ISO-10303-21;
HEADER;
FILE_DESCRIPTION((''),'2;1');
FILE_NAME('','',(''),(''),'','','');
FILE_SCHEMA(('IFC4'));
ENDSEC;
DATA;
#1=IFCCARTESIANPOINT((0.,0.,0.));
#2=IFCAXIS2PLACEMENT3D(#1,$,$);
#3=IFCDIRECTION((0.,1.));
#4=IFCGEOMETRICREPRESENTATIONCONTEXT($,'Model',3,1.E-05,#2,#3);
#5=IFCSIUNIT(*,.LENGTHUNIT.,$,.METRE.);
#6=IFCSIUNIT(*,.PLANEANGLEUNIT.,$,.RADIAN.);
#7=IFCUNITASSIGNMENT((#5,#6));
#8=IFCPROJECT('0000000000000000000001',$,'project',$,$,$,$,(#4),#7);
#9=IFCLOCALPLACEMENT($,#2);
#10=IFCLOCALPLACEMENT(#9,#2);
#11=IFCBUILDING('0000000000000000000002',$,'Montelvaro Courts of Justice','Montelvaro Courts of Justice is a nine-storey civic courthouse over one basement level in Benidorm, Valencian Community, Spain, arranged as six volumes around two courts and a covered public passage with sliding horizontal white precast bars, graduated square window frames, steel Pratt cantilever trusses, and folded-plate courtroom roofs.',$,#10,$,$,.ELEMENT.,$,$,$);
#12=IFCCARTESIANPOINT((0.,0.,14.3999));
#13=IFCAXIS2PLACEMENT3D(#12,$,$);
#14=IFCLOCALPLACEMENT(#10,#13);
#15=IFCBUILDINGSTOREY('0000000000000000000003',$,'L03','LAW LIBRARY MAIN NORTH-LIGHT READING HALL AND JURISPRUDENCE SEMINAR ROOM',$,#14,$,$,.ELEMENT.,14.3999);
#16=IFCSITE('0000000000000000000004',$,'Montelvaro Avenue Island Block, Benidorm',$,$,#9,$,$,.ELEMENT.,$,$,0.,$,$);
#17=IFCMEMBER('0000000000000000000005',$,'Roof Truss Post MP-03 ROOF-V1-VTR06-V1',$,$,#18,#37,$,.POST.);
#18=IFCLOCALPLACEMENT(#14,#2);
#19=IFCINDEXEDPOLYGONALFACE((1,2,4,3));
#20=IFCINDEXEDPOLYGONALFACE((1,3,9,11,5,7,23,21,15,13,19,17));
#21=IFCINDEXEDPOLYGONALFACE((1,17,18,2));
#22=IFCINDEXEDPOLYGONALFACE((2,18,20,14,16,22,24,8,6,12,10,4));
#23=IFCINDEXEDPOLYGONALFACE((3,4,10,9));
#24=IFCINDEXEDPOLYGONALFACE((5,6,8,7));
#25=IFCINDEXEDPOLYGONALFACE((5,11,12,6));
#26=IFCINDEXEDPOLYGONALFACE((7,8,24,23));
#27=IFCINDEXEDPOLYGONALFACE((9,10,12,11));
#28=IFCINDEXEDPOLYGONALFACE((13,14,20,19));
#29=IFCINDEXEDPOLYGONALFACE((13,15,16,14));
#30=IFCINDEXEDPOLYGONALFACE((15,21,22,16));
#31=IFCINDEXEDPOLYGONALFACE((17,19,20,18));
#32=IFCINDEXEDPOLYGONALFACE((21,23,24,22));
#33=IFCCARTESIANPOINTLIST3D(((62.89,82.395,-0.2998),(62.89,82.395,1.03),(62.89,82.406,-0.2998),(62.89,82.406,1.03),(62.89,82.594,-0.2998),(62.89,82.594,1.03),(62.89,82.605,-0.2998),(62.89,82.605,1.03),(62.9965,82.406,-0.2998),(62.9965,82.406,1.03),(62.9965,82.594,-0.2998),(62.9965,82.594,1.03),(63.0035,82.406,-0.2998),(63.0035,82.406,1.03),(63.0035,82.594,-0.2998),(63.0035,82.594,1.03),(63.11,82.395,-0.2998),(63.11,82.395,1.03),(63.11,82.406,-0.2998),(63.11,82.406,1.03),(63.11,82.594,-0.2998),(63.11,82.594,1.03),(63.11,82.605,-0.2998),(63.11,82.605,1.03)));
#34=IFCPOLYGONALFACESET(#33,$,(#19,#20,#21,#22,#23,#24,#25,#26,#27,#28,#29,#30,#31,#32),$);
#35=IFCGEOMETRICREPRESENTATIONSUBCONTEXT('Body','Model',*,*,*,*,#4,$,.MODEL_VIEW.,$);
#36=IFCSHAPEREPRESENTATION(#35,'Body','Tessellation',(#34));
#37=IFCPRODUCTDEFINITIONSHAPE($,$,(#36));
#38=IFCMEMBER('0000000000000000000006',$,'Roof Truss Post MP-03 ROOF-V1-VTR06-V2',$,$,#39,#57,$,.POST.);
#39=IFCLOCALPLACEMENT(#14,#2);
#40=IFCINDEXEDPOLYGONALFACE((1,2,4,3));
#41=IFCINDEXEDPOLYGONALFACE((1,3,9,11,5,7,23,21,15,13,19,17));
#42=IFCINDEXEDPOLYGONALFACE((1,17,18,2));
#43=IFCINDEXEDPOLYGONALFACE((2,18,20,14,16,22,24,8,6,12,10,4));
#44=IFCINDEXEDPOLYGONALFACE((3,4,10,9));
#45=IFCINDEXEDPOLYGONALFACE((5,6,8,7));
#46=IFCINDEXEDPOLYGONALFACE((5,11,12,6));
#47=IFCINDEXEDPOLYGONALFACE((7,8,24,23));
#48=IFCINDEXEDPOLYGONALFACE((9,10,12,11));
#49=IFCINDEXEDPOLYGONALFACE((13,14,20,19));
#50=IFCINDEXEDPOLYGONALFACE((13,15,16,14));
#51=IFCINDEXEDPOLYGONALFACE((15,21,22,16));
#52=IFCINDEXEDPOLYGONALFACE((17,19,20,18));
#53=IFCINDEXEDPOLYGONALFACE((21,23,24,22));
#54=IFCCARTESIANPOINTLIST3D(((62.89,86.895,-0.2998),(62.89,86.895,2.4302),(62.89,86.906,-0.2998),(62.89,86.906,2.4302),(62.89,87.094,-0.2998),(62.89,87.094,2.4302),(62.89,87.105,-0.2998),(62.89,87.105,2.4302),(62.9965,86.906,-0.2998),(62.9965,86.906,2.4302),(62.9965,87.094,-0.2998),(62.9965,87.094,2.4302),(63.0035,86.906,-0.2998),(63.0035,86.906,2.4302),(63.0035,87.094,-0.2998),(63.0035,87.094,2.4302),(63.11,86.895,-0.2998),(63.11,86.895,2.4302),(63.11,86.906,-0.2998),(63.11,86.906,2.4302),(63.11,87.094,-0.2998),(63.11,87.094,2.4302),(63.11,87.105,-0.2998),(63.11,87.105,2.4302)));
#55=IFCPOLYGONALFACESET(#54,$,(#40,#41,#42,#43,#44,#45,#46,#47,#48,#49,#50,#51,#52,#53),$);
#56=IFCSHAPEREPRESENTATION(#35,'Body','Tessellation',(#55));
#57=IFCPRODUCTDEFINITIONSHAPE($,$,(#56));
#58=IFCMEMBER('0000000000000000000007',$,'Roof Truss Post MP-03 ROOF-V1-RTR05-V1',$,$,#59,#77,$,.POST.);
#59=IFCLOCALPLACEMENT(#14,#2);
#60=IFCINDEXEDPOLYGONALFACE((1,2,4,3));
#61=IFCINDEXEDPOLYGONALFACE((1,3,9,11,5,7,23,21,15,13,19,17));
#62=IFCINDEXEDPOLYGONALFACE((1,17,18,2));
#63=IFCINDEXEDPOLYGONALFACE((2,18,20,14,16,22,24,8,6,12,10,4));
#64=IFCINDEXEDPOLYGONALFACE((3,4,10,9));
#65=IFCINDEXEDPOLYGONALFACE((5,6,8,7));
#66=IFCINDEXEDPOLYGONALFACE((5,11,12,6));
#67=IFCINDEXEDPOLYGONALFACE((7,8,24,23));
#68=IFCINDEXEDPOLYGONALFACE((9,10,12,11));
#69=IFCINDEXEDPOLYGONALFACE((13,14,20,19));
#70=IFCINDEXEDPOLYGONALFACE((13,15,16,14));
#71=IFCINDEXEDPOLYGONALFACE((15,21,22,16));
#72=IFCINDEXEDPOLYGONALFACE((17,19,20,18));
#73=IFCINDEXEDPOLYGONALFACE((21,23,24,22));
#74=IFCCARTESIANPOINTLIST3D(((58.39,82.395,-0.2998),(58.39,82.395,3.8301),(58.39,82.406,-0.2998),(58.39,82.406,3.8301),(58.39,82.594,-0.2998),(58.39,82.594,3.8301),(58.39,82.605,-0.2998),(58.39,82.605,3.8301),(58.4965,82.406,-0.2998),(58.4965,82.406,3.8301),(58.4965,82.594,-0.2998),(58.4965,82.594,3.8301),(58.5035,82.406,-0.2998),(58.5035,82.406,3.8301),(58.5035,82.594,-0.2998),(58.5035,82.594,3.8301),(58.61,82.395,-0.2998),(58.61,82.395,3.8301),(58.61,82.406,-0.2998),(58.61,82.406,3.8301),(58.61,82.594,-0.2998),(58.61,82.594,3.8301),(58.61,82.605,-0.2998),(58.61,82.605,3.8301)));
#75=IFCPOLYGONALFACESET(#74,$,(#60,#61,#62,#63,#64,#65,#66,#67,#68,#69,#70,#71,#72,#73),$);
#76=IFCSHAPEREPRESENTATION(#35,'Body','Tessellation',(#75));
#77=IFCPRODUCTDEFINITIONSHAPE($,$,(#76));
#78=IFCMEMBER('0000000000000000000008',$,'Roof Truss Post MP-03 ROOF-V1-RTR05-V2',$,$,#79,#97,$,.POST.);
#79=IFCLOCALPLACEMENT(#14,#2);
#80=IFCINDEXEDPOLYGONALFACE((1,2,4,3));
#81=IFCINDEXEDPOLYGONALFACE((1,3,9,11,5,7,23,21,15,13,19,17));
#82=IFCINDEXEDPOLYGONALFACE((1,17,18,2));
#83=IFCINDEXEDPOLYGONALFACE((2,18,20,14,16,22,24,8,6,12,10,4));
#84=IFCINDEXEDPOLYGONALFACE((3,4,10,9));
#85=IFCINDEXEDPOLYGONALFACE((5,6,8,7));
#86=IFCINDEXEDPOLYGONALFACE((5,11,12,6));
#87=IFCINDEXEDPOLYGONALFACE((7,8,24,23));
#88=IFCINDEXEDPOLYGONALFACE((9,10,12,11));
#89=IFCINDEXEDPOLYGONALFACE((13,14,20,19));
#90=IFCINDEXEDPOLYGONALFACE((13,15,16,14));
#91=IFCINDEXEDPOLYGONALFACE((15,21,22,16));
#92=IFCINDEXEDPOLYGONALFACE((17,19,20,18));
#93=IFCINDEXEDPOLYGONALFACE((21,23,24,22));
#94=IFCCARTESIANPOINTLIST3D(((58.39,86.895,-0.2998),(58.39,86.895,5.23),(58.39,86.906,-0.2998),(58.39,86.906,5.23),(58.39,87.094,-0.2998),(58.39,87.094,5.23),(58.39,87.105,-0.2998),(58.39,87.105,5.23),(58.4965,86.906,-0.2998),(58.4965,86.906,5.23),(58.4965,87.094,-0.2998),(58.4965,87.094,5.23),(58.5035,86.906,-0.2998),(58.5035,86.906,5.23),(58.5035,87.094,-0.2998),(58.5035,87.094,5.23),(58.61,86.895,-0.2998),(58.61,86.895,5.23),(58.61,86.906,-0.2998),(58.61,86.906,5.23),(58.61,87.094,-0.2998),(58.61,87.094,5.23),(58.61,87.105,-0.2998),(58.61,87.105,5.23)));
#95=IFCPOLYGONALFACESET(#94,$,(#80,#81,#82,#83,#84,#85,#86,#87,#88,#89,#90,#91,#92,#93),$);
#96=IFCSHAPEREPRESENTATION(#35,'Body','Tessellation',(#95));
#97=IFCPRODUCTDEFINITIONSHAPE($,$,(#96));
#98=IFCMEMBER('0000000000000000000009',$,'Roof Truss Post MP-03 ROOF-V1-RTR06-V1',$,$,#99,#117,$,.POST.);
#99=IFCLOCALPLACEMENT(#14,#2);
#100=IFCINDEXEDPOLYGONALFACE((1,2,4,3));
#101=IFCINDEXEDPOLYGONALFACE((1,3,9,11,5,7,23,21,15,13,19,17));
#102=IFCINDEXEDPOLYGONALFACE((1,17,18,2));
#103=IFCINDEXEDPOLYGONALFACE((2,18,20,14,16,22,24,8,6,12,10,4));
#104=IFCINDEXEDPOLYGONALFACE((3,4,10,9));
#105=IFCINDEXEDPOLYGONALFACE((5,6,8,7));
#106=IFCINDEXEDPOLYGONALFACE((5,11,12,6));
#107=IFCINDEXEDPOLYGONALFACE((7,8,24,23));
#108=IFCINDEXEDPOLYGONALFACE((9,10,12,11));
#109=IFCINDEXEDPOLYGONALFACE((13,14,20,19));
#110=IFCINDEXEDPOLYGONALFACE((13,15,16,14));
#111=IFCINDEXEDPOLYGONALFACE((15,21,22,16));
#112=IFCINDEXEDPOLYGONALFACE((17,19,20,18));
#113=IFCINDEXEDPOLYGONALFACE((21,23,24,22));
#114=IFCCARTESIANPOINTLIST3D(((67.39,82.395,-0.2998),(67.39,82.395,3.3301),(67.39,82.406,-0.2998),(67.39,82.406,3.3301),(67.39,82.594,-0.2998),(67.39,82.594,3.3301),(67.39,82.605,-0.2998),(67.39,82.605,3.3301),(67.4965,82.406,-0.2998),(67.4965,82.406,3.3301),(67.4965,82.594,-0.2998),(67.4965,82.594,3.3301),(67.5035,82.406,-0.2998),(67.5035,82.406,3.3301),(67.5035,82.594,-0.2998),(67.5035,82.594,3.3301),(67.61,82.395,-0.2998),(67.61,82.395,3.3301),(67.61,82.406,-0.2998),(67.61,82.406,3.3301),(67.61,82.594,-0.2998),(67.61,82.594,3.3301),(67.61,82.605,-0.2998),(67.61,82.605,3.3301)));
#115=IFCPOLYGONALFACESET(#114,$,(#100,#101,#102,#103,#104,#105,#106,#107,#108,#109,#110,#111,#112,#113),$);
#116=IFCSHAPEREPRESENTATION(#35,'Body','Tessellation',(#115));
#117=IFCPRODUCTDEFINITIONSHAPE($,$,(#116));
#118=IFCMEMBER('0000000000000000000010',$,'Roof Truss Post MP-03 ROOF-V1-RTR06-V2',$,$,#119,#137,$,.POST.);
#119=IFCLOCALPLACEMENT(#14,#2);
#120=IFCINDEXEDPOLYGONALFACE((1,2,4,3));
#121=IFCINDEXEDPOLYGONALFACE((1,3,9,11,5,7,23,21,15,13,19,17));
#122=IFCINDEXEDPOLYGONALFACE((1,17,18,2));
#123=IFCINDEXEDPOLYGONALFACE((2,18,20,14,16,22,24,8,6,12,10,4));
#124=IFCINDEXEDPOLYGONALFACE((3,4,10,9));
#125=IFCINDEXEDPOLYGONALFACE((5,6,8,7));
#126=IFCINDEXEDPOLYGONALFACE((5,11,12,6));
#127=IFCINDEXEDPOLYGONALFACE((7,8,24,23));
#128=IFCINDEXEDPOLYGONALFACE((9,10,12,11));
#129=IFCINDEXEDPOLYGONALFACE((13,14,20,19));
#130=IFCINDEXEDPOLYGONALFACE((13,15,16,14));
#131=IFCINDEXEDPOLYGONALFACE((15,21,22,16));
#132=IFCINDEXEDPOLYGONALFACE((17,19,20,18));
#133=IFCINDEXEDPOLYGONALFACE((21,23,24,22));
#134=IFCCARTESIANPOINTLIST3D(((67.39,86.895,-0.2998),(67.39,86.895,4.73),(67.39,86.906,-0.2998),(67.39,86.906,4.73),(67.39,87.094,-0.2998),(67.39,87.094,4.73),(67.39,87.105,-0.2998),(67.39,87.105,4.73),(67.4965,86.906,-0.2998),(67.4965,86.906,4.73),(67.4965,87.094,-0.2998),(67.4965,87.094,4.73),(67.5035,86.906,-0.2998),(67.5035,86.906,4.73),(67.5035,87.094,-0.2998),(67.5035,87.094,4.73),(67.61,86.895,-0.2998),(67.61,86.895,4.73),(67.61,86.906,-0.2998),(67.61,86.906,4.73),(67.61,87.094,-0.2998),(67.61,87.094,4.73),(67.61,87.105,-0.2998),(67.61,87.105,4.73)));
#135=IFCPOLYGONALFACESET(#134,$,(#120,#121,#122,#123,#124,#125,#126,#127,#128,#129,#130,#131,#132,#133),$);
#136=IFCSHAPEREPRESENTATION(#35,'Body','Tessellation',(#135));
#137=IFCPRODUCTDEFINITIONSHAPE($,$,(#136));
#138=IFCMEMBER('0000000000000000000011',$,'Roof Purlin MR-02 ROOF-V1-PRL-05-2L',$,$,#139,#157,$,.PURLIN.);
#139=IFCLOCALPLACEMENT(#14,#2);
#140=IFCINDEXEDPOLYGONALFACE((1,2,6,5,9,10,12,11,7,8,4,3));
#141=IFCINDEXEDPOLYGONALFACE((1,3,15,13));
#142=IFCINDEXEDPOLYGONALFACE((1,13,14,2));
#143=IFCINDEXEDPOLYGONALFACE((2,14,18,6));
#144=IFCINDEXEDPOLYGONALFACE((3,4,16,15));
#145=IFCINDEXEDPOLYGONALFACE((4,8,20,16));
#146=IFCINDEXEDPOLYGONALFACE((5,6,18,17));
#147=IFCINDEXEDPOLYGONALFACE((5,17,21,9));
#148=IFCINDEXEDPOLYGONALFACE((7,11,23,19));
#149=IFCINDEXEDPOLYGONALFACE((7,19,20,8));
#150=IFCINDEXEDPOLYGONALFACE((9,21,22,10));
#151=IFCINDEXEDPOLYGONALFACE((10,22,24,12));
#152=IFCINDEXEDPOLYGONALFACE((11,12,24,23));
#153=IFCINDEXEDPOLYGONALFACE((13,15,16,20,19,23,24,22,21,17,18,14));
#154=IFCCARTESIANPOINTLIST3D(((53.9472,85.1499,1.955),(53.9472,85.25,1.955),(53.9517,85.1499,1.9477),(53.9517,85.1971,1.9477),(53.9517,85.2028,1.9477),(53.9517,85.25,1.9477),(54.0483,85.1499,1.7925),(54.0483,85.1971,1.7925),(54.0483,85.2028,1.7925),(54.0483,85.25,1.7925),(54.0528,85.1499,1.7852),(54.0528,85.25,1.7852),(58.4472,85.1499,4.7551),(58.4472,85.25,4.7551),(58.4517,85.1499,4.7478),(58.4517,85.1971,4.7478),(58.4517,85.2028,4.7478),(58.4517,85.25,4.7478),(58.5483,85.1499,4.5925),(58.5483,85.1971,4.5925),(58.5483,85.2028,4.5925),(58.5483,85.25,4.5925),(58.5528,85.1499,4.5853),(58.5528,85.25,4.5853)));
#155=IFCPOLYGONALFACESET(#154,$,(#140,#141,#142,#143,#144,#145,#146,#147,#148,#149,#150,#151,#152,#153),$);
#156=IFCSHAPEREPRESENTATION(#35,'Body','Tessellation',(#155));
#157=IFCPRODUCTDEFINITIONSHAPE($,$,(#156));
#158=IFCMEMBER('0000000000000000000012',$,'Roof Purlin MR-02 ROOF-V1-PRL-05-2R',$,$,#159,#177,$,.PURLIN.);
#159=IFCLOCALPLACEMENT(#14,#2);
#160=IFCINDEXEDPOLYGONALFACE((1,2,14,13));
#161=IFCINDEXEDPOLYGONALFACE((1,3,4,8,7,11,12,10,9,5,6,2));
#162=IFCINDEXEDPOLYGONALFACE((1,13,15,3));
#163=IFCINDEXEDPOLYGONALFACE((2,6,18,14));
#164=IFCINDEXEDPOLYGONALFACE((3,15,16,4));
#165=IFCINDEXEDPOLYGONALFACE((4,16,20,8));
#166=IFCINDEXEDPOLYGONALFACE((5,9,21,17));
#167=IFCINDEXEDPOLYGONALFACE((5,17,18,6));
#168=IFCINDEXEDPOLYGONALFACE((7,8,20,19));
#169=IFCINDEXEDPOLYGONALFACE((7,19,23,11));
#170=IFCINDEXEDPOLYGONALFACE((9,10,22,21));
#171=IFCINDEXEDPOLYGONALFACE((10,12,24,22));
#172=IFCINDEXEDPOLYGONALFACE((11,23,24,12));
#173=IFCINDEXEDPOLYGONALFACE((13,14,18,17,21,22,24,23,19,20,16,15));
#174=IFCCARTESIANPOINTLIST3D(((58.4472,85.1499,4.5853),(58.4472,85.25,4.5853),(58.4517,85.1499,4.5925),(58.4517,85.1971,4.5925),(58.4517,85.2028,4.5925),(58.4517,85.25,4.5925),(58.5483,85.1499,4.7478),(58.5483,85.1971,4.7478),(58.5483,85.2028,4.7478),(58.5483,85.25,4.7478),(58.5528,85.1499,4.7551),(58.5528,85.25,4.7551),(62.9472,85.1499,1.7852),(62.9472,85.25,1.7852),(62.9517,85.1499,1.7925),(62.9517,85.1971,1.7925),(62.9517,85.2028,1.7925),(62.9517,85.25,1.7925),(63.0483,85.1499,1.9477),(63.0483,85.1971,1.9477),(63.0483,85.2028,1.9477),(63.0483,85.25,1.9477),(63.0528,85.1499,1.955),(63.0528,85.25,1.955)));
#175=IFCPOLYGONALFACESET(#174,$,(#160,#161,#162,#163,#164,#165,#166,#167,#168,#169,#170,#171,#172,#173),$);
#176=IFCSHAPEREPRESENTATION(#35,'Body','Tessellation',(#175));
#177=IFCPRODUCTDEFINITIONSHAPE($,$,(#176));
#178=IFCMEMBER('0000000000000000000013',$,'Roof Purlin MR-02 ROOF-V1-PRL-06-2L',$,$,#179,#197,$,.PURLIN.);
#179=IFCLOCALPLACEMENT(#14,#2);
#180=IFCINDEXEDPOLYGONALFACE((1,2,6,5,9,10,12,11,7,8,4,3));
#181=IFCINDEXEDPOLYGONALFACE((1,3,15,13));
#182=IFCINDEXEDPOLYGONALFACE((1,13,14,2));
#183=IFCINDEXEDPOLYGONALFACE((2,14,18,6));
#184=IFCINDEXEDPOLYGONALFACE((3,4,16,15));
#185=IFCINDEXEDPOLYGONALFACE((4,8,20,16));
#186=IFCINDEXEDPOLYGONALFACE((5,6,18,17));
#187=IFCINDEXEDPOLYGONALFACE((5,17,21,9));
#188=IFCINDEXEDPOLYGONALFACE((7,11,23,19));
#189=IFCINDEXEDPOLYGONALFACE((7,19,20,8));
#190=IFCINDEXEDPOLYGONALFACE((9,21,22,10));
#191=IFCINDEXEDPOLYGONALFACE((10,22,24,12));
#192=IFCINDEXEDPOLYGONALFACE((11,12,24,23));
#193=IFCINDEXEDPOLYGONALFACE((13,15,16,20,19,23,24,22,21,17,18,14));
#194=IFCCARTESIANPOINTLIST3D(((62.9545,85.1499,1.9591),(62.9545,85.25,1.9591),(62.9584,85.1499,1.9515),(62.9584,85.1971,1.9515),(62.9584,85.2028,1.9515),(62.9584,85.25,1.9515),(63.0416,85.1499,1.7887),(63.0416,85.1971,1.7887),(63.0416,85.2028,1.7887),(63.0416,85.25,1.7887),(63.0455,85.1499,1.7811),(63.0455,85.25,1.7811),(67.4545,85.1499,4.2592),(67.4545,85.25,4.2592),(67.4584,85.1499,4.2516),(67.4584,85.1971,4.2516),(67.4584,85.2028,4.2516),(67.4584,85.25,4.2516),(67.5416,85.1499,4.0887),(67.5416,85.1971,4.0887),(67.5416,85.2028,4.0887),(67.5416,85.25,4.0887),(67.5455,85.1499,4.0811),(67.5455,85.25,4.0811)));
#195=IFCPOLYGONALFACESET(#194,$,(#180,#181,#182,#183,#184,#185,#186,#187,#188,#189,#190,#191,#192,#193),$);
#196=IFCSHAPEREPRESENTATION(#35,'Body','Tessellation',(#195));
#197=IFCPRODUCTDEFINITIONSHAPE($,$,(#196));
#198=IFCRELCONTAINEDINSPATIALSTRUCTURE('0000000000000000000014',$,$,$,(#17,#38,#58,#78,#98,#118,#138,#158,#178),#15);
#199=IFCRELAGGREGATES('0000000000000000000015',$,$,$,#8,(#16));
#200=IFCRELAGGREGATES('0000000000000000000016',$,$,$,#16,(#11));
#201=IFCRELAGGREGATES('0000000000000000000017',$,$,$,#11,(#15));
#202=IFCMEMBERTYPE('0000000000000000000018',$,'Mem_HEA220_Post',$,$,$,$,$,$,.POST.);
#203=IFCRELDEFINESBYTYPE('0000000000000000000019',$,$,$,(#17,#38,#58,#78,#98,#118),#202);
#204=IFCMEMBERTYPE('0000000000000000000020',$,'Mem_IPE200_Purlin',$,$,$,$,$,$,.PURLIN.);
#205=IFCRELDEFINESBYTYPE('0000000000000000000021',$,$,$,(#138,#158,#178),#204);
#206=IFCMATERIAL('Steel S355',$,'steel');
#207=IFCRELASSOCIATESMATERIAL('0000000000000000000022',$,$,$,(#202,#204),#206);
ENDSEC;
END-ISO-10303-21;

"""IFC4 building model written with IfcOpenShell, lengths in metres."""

from ifc_helpers import new_model, si_unit, direction, frame, origin, origin_2d, place, context, subcontext, project, spatial, i_section, extrude, material, material_profile, profile_set, type_object, element, save


model = new_model("IFC4")

# Units and contexts
model_context = context("Model", 3, precision=1e-05, world=origin(), true_north=direction((0.0, 1.0)))
body_context = subcontext(model_context, "Body", "Model", "MODEL_VIEW")
ifc_project = project(units=[si_unit("LENGTHUNIT", "METRE"), si_unit("PLANEANGLEUNIT", "RADIAN")], contexts=[model_context])

# Site, building, storey
site_placement = place(None, origin())
site = spatial("IfcSite", under=ifc_project, at=site_placement, Name="Montelvaro Avenue Island Block, Benidorm", CompositionType="ELEMENT", RefElevation=0.0)
building_placement = place(site_placement, origin())
building = spatial("IfcBuilding", under=site, at=building_placement, Name="Montelvaro Courts of Justice", Description="Montelvaro Courts of Justice is a nine-storey civic courthouse over one basement level in Benidorm, Valencian Community, Spain, arranged as six volumes around two courts and a covered public passage with sliding horizontal white precast bars, graduated square window frames, steel Pratt cantilever trusses, and folded-plate courtroom roofs.", CompositionType="ELEMENT")
storey_placement = place(building_placement, frame((0.0, 0.0, 14.3999)))
storey = spatial("IfcBuildingStorey", under=building, at=storey_placement, Name="L03", Description="LAW LIBRARY MAIN NORTH-LIGHT READING HALL AND JURISPRUDENCE SEMINAR ROOM", CompositionType="ELEMENT", Elevation=14.3999)

# Members
ifc_material = material(Name="Steel S355", Category="steel")
ifc_material_profile_1 = material_profile(ifc_material, i_section(OverallWidth=0.22, OverallDepth=0.21, WebThickness=0.0071, FlangeThickness=0.011, at=origin_2d()), Name="HEA 220")
ifc_profile_set_1 = profile_set([ifc_material_profile_1], Name="Steel S355")
member_type_1 = type_object("IfcMemberType", Name="Mem_HEA220_Post", PredefinedType="POST", material=ifc_profile_set_1)
member_1_placement = place(storey_placement, frame((63.0, 82.5, -0.2998), z_axis=(0.0, 0.0, 1.0), x_axis=(1.0, 0.0, 0.0)))
element("IfcMember", 1, at=member_1_placement, inside=storey, type_object=member_type_1, Name="Roof Truss Post MP-03 ROOF-V1-VTR06-V1", PredefinedType="POST", context=body_context, shape_type="SweptSolid", body=[
    extrude(i_section(OverallWidth=0.22, OverallDepth=0.21, WebThickness=0.0071, FlangeThickness=0.011, at=origin_2d()), origin(), (0.0, 0.0, 1.0), 1.3298),
])
member_2_placement = place(storey_placement, frame((63.0, 87.0, -0.2998), z_axis=(0.0, 0.0, 1.0), x_axis=(1.0, 0.0, 0.0)))
element("IfcMember", 2, at=member_2_placement, inside=storey, type_object=member_type_1, Name="Roof Truss Post MP-03 ROOF-V1-VTR06-V2", PredefinedType="POST", context=body_context, shape_type="SweptSolid", body=[
    extrude(i_section(OverallWidth=0.22, OverallDepth=0.21, WebThickness=0.0071, FlangeThickness=0.011, at=origin_2d()), origin(), (0.0, 0.0, 1.0), 2.73),
])
member_3_placement = place(storey_placement, frame((58.5, 82.5, -0.2998), z_axis=(0.0, 0.0, 1.0), x_axis=(1.0, 0.0, 0.0)))
element("IfcMember", 3, at=member_3_placement, inside=storey, type_object=member_type_1, Name="Roof Truss Post MP-03 ROOF-V1-RTR05-V1", PredefinedType="POST", context=body_context, shape_type="SweptSolid", body=[
    extrude(i_section(OverallWidth=0.22, OverallDepth=0.21, WebThickness=0.0071, FlangeThickness=0.011, at=origin_2d()), origin(), (0.0, 0.0, 1.0), 4.1299),
])
member_4_placement = place(storey_placement, frame((58.5, 87.0, -0.2998), z_axis=(0.0, 0.0, 1.0), x_axis=(1.0, 0.0, 0.0)))
element("IfcMember", 4, at=member_4_placement, inside=storey, type_object=member_type_1, Name="Roof Truss Post MP-03 ROOF-V1-RTR05-V2", PredefinedType="POST", context=body_context, shape_type="SweptSolid", body=[
    extrude(i_section(OverallWidth=0.22, OverallDepth=0.21, WebThickness=0.0071, FlangeThickness=0.011, at=origin_2d()), origin(), (0.0, 0.0, 1.0), 5.5298),
])
member_5_placement = place(storey_placement, frame((67.5, 82.5, -0.2998), z_axis=(0.0, 0.0, 1.0), x_axis=(1.0, 0.0, 0.0)))
element("IfcMember", 5, at=member_5_placement, inside=storey, type_object=member_type_1, Name="Roof Truss Post MP-03 ROOF-V1-RTR06-V1", PredefinedType="POST", context=body_context, shape_type="SweptSolid", body=[
    extrude(i_section(OverallWidth=0.22, OverallDepth=0.21, WebThickness=0.0071, FlangeThickness=0.011, at=origin_2d()), origin(), (0.0, 0.0, 1.0), 3.6299),
])
member_6_placement = place(storey_placement, frame((67.5, 87.0, -0.2998), z_axis=(0.0, 0.0, 1.0), x_axis=(1.0, 0.0, 0.0)))
element("IfcMember", 6, at=member_6_placement, inside=storey, type_object=member_type_1, Name="Roof Truss Post MP-03 ROOF-V1-RTR06-V2", PredefinedType="POST", context=body_context, shape_type="SweptSolid", body=[
    extrude(i_section(OverallWidth=0.22, OverallDepth=0.21, WebThickness=0.0071, FlangeThickness=0.011, at=origin_2d()), origin(), (0.0, 0.0, 1.0), 5.0298),
])
ifc_material_profile_2 = material_profile(ifc_material, i_section(OverallWidth=0.1001, OverallDepth=0.2, WebThickness=0.0056, FlangeThickness=0.0085, at=origin_2d()), Name="IPE 200")
ifc_profile_set_2 = profile_set([ifc_material_profile_2], Name="Steel S355")
member_type_2 = type_object("IfcMemberType", Name="Mem_IPE200_Purlin", PredefinedType="PURLIN", material=ifc_profile_set_2)
for number, where, z_axis, x_axis, name in (
    (7, (54.0, 85.2, 1.8701), (0.849052, 0.0, 0.528309), (0.0, 1.0, 0.0), "Roof Purlin MR-02 ROOF-V1-PRL-05-2L"),
    (8, (58.5, 85.2, 4.6702), (0.849052, 0.0, -0.528309), (0.0, 1.0, 0.0), "Roof Purlin MR-02 ROOF-V1-PRL-05-2R"),
):
    element("IfcMember", number, at=place(storey_placement, frame(where, z_axis=z_axis, x_axis=x_axis)), inside=storey, type_object=member_type_2, Name=name, PredefinedType="PURLIN", context=body_context, shape_type="SweptSolid", body=[
        extrude(i_section(OverallWidth=0.1001, OverallDepth=0.2, WebThickness=0.0056, FlangeThickness=0.0085, at=origin_2d()), origin(), (0.0, 0.0, 1.0), 5.3),
    ])
for number, where, z_axis, x_axis, name in (
    (9, (63.0, 85.2, 1.8701), (0.890431, 0.0, 0.455119), (0.0, 1.0, 0.0), "Roof Purlin MR-02 ROOF-V1-PRL-06-2L"),
):
    element("IfcMember", number, at=place(storey_placement, frame(where, z_axis=z_axis, x_axis=x_axis)), inside=storey, type_object=member_type_2, Name=name, PredefinedType="PURLIN", context=body_context, shape_type="SweptSolid", body=[
        extrude(i_section(OverallWidth=0.1001, OverallDepth=0.2, WebThickness=0.0056, FlangeThickness=0.0085, at=origin_2d()), origin(), (0.0, 0.0, 1.0), 5.0537),
    ])

save(model, "model.ifc")
